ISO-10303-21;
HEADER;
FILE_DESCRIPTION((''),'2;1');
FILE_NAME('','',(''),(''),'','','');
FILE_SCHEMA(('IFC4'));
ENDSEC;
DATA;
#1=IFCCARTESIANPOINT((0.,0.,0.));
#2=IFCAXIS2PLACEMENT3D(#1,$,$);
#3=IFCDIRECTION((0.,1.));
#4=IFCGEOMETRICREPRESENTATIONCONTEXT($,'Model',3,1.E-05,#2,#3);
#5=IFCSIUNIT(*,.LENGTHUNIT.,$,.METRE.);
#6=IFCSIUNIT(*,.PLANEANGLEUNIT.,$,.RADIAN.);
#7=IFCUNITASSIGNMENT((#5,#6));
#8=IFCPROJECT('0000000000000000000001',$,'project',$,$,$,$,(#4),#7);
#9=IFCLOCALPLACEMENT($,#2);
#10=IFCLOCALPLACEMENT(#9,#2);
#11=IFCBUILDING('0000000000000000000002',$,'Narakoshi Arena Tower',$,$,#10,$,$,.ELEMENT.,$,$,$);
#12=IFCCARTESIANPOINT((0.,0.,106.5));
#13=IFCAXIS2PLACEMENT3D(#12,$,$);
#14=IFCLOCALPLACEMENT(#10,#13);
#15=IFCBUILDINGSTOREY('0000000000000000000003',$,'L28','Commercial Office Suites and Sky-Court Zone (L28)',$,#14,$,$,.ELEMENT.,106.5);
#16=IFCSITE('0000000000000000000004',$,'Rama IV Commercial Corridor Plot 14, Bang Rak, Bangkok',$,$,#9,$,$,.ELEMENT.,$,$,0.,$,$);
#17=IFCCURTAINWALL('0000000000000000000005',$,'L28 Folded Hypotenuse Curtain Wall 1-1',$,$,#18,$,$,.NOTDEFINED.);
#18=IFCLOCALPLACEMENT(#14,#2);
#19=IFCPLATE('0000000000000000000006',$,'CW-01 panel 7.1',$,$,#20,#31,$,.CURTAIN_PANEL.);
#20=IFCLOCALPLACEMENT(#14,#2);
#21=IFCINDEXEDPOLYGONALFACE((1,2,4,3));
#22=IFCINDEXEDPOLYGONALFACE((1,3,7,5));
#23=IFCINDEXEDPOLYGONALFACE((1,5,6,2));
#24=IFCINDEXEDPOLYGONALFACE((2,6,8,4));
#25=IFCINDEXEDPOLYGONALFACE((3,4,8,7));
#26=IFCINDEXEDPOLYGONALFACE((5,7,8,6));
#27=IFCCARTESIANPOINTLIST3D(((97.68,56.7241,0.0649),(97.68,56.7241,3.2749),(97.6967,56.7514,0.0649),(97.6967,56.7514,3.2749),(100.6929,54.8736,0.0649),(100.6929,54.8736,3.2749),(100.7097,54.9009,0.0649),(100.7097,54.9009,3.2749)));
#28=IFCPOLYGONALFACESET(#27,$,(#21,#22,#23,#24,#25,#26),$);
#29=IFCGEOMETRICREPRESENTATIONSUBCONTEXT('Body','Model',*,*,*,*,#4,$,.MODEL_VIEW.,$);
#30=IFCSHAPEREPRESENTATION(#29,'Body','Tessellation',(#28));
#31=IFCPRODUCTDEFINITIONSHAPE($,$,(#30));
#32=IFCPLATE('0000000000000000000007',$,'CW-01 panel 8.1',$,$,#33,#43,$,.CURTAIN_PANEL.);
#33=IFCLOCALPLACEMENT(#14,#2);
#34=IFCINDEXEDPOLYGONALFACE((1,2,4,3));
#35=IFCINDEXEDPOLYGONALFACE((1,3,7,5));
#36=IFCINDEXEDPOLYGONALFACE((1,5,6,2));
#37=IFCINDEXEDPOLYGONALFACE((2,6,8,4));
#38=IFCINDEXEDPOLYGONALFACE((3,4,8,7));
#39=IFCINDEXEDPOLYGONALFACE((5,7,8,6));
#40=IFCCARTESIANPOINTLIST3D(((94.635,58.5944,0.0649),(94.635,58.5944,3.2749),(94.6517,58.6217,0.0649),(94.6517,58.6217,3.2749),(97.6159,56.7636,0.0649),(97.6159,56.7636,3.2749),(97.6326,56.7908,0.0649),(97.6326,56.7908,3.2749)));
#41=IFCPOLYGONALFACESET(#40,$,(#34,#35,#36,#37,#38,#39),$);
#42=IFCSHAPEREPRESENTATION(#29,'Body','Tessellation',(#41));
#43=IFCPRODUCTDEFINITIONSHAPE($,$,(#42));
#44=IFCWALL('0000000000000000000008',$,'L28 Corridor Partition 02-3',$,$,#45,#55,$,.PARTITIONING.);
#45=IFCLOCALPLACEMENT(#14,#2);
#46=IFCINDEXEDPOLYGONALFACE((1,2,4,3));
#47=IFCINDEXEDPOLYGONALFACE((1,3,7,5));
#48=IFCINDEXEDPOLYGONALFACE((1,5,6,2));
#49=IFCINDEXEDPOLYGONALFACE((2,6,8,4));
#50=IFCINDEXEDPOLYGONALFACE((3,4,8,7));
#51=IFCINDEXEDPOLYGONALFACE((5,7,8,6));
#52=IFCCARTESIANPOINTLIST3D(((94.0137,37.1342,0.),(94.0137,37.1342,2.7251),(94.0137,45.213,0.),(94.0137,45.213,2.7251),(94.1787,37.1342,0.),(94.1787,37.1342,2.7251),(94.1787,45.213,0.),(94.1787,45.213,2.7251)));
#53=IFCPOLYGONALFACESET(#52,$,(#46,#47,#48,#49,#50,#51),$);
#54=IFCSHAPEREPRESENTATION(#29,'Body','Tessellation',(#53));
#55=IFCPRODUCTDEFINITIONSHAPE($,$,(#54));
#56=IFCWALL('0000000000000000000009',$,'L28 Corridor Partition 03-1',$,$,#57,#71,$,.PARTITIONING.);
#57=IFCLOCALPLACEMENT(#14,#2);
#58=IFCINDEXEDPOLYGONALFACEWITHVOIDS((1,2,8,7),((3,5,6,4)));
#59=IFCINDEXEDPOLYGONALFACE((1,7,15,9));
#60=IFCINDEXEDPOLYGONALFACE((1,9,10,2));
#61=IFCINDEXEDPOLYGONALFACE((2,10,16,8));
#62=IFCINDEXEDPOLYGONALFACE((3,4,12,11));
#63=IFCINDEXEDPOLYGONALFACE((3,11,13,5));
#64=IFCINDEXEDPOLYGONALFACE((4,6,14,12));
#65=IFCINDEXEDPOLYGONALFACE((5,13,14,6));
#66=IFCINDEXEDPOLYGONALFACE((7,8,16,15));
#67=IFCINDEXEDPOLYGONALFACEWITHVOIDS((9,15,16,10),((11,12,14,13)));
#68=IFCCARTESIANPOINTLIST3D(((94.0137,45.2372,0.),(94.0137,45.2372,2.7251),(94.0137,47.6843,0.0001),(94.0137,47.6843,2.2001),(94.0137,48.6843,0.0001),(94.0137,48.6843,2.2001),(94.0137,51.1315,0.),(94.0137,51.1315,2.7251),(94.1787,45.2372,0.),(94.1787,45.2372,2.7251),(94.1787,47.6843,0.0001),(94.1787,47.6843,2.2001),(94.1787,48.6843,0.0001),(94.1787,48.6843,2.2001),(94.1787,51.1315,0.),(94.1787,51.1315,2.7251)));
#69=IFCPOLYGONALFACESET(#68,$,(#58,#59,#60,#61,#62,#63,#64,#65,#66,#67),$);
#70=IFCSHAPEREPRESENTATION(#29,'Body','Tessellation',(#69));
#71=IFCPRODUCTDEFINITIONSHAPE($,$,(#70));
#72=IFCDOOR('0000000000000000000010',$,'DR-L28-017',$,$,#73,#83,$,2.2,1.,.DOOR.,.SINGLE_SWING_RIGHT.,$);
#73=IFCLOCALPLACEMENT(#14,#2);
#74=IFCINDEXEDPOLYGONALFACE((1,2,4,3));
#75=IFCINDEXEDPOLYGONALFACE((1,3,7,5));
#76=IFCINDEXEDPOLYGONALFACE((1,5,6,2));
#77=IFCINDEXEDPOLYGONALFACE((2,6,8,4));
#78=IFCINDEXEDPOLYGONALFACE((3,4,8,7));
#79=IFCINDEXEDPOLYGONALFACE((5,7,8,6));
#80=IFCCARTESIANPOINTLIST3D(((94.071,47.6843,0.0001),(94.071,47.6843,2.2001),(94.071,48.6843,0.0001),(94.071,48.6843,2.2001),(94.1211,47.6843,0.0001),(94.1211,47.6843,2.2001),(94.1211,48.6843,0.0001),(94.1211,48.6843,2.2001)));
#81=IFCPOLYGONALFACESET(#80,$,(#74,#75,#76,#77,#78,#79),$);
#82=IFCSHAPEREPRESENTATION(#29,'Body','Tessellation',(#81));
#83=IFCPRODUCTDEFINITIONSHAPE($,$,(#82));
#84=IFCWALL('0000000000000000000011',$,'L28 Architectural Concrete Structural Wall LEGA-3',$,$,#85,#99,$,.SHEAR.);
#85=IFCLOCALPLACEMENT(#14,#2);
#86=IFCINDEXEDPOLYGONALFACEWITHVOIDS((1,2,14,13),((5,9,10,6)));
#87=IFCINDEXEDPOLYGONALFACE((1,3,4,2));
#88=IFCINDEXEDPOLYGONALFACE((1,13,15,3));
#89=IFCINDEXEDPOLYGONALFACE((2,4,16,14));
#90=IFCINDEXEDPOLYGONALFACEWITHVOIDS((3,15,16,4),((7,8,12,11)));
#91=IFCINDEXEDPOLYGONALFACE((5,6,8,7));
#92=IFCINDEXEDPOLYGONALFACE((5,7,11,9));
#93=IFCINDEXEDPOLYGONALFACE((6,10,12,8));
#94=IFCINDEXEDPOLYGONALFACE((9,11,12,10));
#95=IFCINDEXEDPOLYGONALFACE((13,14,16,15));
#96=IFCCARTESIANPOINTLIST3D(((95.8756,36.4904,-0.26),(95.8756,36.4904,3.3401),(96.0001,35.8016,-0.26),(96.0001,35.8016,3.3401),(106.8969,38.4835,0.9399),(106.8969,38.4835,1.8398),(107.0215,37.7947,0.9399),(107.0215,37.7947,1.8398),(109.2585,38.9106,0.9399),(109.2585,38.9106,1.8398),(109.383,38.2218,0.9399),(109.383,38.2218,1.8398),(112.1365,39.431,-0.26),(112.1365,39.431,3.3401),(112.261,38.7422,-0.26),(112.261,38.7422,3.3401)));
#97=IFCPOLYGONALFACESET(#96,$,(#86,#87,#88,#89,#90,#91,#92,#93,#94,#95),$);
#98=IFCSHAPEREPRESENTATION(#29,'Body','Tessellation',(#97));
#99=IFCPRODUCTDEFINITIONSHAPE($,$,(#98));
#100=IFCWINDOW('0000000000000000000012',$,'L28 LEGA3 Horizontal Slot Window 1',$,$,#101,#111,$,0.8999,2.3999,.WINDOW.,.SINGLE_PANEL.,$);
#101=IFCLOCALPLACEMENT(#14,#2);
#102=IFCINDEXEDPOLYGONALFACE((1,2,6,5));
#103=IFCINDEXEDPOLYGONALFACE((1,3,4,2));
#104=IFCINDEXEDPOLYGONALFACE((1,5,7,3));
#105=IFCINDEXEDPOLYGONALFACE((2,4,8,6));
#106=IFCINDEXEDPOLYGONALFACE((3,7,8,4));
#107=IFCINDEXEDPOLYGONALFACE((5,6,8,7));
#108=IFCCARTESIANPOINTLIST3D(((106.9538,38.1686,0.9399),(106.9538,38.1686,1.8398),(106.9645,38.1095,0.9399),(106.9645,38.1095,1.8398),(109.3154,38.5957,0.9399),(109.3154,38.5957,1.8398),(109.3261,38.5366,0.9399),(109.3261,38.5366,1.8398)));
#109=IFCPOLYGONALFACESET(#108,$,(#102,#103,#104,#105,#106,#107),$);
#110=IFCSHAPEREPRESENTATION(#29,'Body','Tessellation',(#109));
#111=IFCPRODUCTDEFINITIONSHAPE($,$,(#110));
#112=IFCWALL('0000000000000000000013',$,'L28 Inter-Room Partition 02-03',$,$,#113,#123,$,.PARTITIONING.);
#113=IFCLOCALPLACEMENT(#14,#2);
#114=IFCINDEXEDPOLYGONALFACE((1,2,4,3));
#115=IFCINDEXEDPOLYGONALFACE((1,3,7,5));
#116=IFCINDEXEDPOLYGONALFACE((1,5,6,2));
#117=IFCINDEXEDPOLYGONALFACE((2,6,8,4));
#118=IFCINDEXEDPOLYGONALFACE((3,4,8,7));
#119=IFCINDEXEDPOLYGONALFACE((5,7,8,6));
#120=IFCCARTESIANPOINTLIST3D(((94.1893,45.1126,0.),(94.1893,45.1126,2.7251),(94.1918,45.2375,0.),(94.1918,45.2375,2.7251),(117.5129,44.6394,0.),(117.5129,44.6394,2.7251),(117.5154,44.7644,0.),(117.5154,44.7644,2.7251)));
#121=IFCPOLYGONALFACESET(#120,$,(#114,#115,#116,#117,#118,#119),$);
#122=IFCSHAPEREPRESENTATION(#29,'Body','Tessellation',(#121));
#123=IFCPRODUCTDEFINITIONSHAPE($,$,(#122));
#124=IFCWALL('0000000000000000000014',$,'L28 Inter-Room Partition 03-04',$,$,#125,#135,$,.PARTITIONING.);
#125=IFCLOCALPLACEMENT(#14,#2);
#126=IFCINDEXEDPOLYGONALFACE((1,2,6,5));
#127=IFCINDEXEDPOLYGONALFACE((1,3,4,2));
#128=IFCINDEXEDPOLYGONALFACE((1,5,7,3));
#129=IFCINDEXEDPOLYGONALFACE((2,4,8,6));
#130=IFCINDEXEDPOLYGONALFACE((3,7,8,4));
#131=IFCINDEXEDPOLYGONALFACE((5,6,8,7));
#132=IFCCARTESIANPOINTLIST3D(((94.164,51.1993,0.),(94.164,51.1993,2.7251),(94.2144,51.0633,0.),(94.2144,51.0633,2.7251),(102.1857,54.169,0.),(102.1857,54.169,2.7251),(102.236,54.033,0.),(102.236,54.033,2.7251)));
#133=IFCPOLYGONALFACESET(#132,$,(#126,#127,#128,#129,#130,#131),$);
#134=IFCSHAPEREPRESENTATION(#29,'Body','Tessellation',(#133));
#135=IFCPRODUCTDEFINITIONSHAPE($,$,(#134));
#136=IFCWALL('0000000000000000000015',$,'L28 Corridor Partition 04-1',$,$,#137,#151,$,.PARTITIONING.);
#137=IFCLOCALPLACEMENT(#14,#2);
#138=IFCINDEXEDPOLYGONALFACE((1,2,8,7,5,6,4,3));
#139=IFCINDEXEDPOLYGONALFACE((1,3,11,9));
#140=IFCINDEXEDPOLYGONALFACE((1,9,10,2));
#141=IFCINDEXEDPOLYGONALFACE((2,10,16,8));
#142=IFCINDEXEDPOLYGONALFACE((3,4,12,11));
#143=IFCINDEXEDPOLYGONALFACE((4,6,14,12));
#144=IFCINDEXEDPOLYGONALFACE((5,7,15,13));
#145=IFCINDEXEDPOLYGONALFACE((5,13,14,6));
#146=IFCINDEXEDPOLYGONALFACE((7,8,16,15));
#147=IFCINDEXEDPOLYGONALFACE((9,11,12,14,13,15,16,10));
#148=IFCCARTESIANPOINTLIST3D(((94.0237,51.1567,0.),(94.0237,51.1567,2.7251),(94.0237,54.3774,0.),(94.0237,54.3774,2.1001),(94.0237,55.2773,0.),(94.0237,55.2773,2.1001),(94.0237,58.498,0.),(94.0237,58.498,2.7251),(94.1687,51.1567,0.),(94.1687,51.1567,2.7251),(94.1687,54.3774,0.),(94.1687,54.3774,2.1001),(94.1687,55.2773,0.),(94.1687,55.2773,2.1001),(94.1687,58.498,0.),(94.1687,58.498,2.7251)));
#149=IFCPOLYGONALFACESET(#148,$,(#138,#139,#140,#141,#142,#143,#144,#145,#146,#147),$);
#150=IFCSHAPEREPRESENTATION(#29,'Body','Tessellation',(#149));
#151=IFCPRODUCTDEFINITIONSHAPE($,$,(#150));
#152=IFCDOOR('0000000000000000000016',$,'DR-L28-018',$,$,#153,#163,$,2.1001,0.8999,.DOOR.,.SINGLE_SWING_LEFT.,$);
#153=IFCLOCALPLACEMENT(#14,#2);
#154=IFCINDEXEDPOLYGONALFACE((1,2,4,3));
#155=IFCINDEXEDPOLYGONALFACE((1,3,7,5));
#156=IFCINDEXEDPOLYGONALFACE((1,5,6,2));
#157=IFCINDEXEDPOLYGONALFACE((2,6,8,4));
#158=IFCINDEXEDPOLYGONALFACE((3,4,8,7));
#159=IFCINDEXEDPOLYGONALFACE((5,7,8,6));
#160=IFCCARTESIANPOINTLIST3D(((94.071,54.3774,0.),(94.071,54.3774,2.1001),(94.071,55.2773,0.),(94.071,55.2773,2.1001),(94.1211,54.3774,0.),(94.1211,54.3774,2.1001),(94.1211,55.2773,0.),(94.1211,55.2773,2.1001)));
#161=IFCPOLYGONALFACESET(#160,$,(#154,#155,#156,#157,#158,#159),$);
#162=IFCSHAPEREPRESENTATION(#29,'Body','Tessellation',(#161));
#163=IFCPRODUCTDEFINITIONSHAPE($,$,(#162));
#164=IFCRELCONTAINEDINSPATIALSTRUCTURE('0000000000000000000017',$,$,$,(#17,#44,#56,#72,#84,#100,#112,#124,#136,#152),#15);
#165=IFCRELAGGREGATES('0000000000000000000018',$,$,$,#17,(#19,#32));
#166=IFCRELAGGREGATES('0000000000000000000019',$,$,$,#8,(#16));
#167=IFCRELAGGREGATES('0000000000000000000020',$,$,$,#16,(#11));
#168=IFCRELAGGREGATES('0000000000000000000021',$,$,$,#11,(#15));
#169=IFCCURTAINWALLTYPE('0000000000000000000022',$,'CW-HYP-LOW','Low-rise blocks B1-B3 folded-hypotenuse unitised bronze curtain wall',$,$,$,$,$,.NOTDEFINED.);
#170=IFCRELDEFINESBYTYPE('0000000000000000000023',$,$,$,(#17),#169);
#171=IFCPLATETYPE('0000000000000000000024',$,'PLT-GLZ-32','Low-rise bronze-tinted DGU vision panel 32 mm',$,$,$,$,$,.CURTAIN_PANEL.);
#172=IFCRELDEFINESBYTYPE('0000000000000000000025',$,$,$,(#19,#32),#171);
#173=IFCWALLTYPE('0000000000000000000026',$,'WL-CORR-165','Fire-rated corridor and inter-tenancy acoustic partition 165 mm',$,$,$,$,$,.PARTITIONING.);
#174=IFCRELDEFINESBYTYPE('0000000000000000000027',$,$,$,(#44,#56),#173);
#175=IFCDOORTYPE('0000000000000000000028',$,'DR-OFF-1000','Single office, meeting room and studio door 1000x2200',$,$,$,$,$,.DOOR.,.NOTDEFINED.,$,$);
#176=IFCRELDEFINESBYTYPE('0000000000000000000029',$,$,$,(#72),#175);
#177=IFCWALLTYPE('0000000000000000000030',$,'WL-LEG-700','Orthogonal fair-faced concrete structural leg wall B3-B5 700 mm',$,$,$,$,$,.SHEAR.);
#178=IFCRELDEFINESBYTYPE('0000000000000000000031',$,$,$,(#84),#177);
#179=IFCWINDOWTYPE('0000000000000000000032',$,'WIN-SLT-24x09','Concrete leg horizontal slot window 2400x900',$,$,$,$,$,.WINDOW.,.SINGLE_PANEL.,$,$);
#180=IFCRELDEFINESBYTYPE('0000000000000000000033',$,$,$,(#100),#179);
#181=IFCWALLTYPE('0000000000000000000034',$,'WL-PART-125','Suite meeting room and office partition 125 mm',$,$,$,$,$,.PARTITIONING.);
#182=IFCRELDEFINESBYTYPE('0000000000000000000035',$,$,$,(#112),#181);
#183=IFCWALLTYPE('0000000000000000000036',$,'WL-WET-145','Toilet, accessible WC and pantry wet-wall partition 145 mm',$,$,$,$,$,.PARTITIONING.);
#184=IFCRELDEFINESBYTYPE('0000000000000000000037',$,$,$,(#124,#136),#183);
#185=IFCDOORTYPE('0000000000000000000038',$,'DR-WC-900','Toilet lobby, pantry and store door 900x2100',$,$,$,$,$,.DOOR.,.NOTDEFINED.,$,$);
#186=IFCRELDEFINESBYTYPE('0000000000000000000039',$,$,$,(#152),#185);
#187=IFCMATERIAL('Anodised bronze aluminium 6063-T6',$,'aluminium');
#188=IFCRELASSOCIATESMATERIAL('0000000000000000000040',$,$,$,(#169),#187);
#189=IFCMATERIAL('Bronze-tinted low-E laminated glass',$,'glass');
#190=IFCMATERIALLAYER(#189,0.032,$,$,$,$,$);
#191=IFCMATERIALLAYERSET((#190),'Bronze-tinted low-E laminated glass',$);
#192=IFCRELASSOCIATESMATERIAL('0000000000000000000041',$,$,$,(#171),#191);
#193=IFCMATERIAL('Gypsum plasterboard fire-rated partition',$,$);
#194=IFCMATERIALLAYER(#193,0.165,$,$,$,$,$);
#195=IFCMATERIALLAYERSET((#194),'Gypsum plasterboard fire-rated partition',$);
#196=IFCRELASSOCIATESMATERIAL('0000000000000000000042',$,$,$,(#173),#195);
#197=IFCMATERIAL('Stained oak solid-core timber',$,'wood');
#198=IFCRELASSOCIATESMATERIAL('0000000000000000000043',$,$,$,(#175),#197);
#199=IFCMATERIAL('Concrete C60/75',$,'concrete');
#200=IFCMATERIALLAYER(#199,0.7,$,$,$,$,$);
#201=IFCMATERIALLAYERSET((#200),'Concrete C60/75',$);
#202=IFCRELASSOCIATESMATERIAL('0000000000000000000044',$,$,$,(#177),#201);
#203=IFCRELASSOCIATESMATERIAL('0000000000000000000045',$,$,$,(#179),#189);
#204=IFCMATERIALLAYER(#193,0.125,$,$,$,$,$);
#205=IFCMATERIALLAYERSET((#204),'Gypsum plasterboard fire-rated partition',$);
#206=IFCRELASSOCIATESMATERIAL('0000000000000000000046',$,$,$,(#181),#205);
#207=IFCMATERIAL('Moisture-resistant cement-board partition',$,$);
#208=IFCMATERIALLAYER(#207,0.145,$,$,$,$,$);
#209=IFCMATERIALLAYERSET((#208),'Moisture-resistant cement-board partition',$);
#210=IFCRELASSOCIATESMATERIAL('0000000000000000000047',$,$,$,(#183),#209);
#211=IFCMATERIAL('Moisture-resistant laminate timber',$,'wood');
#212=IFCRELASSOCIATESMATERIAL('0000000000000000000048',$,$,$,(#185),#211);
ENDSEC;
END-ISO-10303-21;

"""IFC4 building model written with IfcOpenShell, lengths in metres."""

from ifc_helpers import new_model, si_unit, direction, frame, frame_2d, origin, origin_2d, place, context, subcontext, project, spatial, rectangle, extrude, material, layer, layer_set, type_object, element, fill, aggregate, save


model = new_model("IFC4")

# Units and contexts
model_context = context("Model", 3, precision=1e-05, world=origin(), true_north=direction((0.0, 1.0)))
body_context = subcontext(model_context, "Body", "Model", "MODEL_VIEW")
ifc_project = project(units=[si_unit("LENGTHUNIT", "METRE"), si_unit("PLANEANGLEUNIT", "RADIAN")], contexts=[model_context])

# Site, building, storey
site_placement = place(None, origin())
site = spatial("IfcSite", under=ifc_project, at=site_placement, Name="Rama IV Commercial Corridor Plot 14, Bang Rak, Bangkok", CompositionType="ELEMENT", RefElevation=0.0)
building_placement = place(site_placement, origin())
building = spatial("IfcBuilding", under=site, at=building_placement, Name="Narakoshi Arena Tower", CompositionType="ELEMENT")
storey_placement = place(building_placement, frame((0.0, 0.0, 106.5)))
storey = spatial("IfcBuildingStorey", under=building, at=storey_placement, Name="L28", Description="Commercial Office Suites and Sky-Court Zone (L28)", CompositionType="ELEMENT", Elevation=106.5)

# Shared definitions
ifc_material_1 = material(Name="Concrete C60/75", Category="concrete")

# Curtain wall, plates
ifc_material_2 = material(Name="Anodised bronze aluminium 6063-T6", Category="aluminium")
curtain_wall_type = type_object("IfcCurtainWallType", Name="CW-HYP-LOW", Description="Low-rise blocks B1-B3 folded-hypotenuse unitised bronze curtain wall", PredefinedType="NOTDEFINED", material=ifc_material_2)
curtain_wall_placement = place(storey_placement, origin())
curtain_wall = element("IfcCurtainWall", 1, at=curtain_wall_placement, inside=storey, type_object=curtain_wall_type, Name="L28 Folded Hypotenuse Curtain Wall 1-1", PredefinedType="NOTDEFINED")
ifc_material_3 = material(Name="Bronze-tinted low-E laminated glass", Category="glass")
ifc_layer_1 = layer(ifc_material_3, 0.032)
ifc_layer_set_1 = layer_set([ifc_layer_1], Name="Bronze-tinted low-E laminated glass")
plate_type = type_object("IfcPlateType", Name="PLT-GLZ-32", Description="Low-rise bronze-tinted DGU vision panel 32 mm", PredefinedType="CURTAIN_PANEL", material=ifc_layer_set_1)
plate_1_placement = place(storey_placement, frame((99.1948, 55.8125, 0.0649), z_axis=(0.0, 0.0, 1.0), x_axis=(-0.852113, 0.523358, 0.0)))
plate_1 = element("IfcPlate", 2, at=plate_1_placement, type_object=plate_type, Name="CW-01 panel 7.1", PredefinedType="CURTAIN_PANEL", context=body_context, shape_type="SweptSolid", body=[
    extrude(rectangle(XDim=3.5359, YDim=0.032, at=origin_2d()), origin(), (0.0, 0.0, 1.0), 3.21),
])
plate_2_placement = place(storey_placement, frame((96.1338, 57.6926, 0.0649), z_axis=(0.0, 0.0, 1.0), x_axis=(-0.852113, 0.523358, 0.0)))
plate_2 = element("IfcPlate", 3, at=plate_2_placement, type_object=plate_type, Name="CW-01 panel 8.1", PredefinedType="CURTAIN_PANEL", context=body_context, shape_type="SweptSolid", body=[
    extrude(rectangle(XDim=3.4983, YDim=0.032, at=origin_2d()), origin(), (0.0, 0.0, 1.0), 3.21),
])
aggregate(curtain_wall, [plate_1, plate_2])

# Wall
ifc_material_4 = material(Name="Gypsum plasterboard fire-rated partition")
ifc_layer_2 = layer(ifc_material_4, 0.165)
ifc_layer_set_2 = layer_set([ifc_layer_2], Name="Gypsum plasterboard fire-rated partition")
wall_type_1 = type_object("IfcWallType", Name="WL-CORR-165", Description="Fire-rated corridor and inter-tenancy acoustic partition 165 mm", PredefinedType="PARTITIONING", material=ifc_layer_set_2)
wall_1_placement = place(storey_placement, frame((94.0962, 37.134, 0.0), z_axis=(0.0, 0.0, 1.0), x_axis=(0.0, 1.0, 0.0)))
element("IfcWall", 4, at=wall_1_placement, inside=storey, type_object=wall_type_1, Name="L28 Corridor Partition 02-3", PredefinedType="PARTITIONING", context=body_context, shape_type="SweptSolid", body=[
    extrude(rectangle(XDim=8.0789, YDim=0.165, at=frame_2d((4.0396, 0.0))), origin(), (0.0, 0.0, 1.0), 2.7251),
])

# Wall, opening, door
wall_2_placement = place(storey_placement, frame((94.0962, 45.2371, 0.0), z_axis=(0.0, 0.0, 1.0), x_axis=(0.0, 1.0, 0.0)))
wall_2 = element("IfcWall", 5, at=wall_2_placement, inside=storey, type_object=wall_type_1, Name="L28 Corridor Partition 03-1", PredefinedType="PARTITIONING", context=body_context, shape_type="SweptSolid", body=[
    extrude(rectangle(XDim=5.8943, YDim=0.165, at=frame_2d((2.9473, 0.0))), origin(), (0.0, 0.0, 1.0), 2.7251),
])
opening_1_placement = place(wall_2_placement, frame((2.4473, 0.0, 0.0)))
opening_1 = element("IfcOpeningElement", 6, at=opening_1_placement, cuts=wall_2, PredefinedType="OPENING", context=body_context, shape_type="SweptSolid", body=[
    extrude(rectangle(XDim=1.0, YDim=2.2, at=frame_2d((0.5, 1.1001))), frame((0.0, 0.0925, 0.0), z_axis=(0.0, -1.0, 0.0), x_axis=(1.0, 0.0, 0.0)), (0.0, 0.0, 1.0), 0.1851),
])
ifc_material_5 = material(Name="Stained oak solid-core timber", Category="wood")
door_type_1 = type_object("IfcDoorType", Name="DR-OFF-1000", Description="Single office, meeting room and studio door 1000x2200", OperationType="NOTDEFINED", PredefinedType="DOOR", material=ifc_material_5)
door_1_placement = place(opening_1_placement, frame((1.0, 0.0, 0.0), z_axis=(0.0, 0.0, 1.0), x_axis=(-1.0, 0.0, 0.0)))
door_1 = element("IfcDoor", 7, at=door_1_placement, inside=storey, type_object=door_type_1, Name="DR-L28-017", OperationType="SINGLE_SWING_RIGHT", OverallHeight=2.2, OverallWidth=1.0, PredefinedType="DOOR", context=body_context, shape_type="SweptSolid", body=[
    extrude(rectangle(XDim=1.0, YDim=2.2, at=frame_2d((0.5, 1.1001))), frame((0.0, 0.0249, 0.0), z_axis=(0.0, -1.0, 0.0), x_axis=(1.0, 0.0, 0.0)), (0.0, 0.0, 1.0), 0.05),
])
fill(opening_1, door_1)

# Wall, opening, window
ifc_layer_3 = layer(ifc_material_1, 0.7)
ifc_layer_set_3 = layer_set([ifc_layer_3], Name="Concrete C60/75")
wall_type_2 = type_object("IfcWallType", Name="WL-LEG-700", Description="Orthogonal fair-faced concrete structural leg wall B3-B5 700 mm", PredefinedType="SHEAR", material=ifc_layer_set_3)
wall_3_placement = place(storey_placement, frame((95.938, 36.146, -0.26), z_axis=(0.0, 0.0, 1.0), x_axis=(0.984038, 0.177956, 0.0)))
wall_3 = element("IfcWall", 8, at=wall_3_placement, inside=storey, type_object=wall_type_2, Name="L28 Architectural Concrete Structural Wall LEGA-3", PredefinedType="SHEAR", context=body_context, shape_type="SweptSolid", body=[
    extrude(rectangle(XDim=16.5247, YDim=0.7, at=frame_2d((8.2622, 0.0))), origin(), (0.0, 0.0, 1.0), 3.6001),
])
opening_2_placement = place(wall_3_placement, frame((11.2, 0.0, 1.2)))
opening_2 = element("IfcOpeningElement", 9, at=opening_2_placement, cuts=wall_3, PredefinedType="OPENING", context=body_context, shape_type="SweptSolid", body=[
    extrude(rectangle(XDim=2.3999, YDim=0.8999, at=frame_2d((1.2, 0.45))), frame((0.0, 0.3599, 0.0), z_axis=(0.0, -1.0, 0.0), x_axis=(1.0, 0.0, 0.0)), (0.0, 0.0, 1.0), 0.72),
])
window_type = type_object("IfcWindowType", Name="WIN-SLT-24x09", Description="Concrete leg horizontal slot window 2400x900", PartitioningType="SINGLE_PANEL", PredefinedType="WINDOW", material=ifc_material_3)
window_placement = place(opening_2_placement, origin())
window = element("IfcWindow", 10, at=window_placement, inside=storey, type_object=window_type, Name="L28 LEGA3 Horizontal Slot Window 1", OverallHeight=0.8999, OverallWidth=2.3999, PartitioningType="SINGLE_PANEL", PredefinedType="WINDOW", context=body_context, shape_type="SweptSolid", body=[
    extrude(rectangle(XDim=2.3999, YDim=0.8999, at=frame_2d((1.2, 0.45))), frame((0.0, 0.03, 0.0), z_axis=(0.0, -1.0, 0.0), x_axis=(1.0, 0.0, 0.0)), (0.0, 0.0, 1.0), 0.0601),
])
fill(opening_2, window)

# Walls
ifc_layer_4 = layer(ifc_material_4, 0.125)
ifc_layer_set_4 = layer_set([ifc_layer_4], Name="Gypsum plasterboard fire-rated partition")
wall_type_3 = type_object("IfcWallType", Name="WL-PART-125", Description="Suite meeting room and office partition 125 mm", PredefinedType="PARTITIONING", material=ifc_layer_set_4)
wall_4_placement = place(storey_placement, frame((94.1907, 45.175, 0.0), z_axis=(0.0, 0.0, 1.0), x_axis=(0.999794, -0.020282, 0.0)))
element("IfcWall", 11, at=wall_4_placement, inside=storey, type_object=wall_type_3, Name="L28 Inter-Room Partition 02-03", PredefinedType="PARTITIONING", context=body_context, shape_type="SweptSolid", body=[
    extrude(rectangle(XDim=23.3284, YDim=0.125, at=frame_2d((11.6641, 0.0))), origin(), (0.0, 0.0, 1.0), 2.7251),
])
ifc_material_6 = material(Name="Moisture-resistant cement-board partition")
ifc_layer_5 = layer(ifc_material_6, 0.145)
ifc_layer_set_5 = layer_set([ifc_layer_5], Name="Moisture-resistant cement-board partition")
wall_type_4 = type_object("IfcWallType", Name="WL-WET-145", Description="Toilet, accessible WC and pantry wet-wall partition 145 mm", PredefinedType="PARTITIONING", material=ifc_layer_set_5)
wall_5_placement = place(storey_placement, frame((94.1892, 51.1313, 0.0), z_axis=(0.0, 0.0, 1.0), x_axis=(0.937798, 0.347182, 0.0)))
element("IfcWall", 12, at=wall_5_placement, inside=storey, type_object=wall_type_4, Name="L28 Inter-Room Partition 03-04", PredefinedType="PARTITIONING", context=body_context, shape_type="SweptSolid", body=[
    extrude(rectangle(XDim=8.5537, YDim=0.145, at=frame_2d((4.2769, 0.0))), origin(), (0.0, 0.0, 1.0), 2.7251),
])

# Wall, opening, door
wall_6_placement = place(storey_placement, frame((94.0962, 51.1567, 0.0), z_axis=(0.0, 0.0, 1.0), x_axis=(0.0, 1.0, 0.0)))
wall_6 = element("IfcWall", 13, at=wall_6_placement, inside=storey, type_object=wall_type_4, Name="L28 Corridor Partition 04-1", PredefinedType="PARTITIONING", context=body_context, shape_type="SweptSolid", body=[
    extrude(rectangle(XDim=7.3413, YDim=0.145, at=frame_2d((3.6707, 0.0))), origin(), (0.0, 0.0, 1.0), 2.7251),
])
opening_3_placement = place(wall_6_placement, frame((3.2207, 0.0, 0.0)))
opening_3 = element("IfcOpeningElement", 14, at=opening_3_placement, cuts=wall_6, PredefinedType="OPENING", context=body_context, shape_type="SweptSolid", body=[
    extrude(rectangle(XDim=0.8999, YDim=2.1001, at=frame_2d((0.45, 1.05))), frame((0.0, 0.0825, 0.0), z_axis=(0.0, -1.0, 0.0), x_axis=(1.0, 0.0, 0.0)), (0.0, 0.0, 1.0), 0.165),
])
ifc_material_7 = material(Name="Moisture-resistant laminate timber", Category="wood")
door_type_2 = type_object("IfcDoorType", Name="DR-WC-900", Description="Toilet lobby, pantry and store door 900x2100", OperationType="NOTDEFINED", PredefinedType="DOOR", material=ifc_material_7)
door_2_placement = place(opening_3_placement, frame((0.8999, 0.0, 0.0), z_axis=(0.0, 0.0, 1.0), x_axis=(-1.0, 0.0, 0.0)))
door_2 = element("IfcDoor", 15, at=door_2_placement, inside=storey, type_object=door_type_2, Name="DR-L28-018", OperationType="SINGLE_SWING_LEFT", OverallHeight=2.1001, OverallWidth=0.8999, PredefinedType="DOOR", context=body_context, shape_type="SweptSolid", body=[
    extrude(rectangle(XDim=0.8999, YDim=2.1001, at=frame_2d((0.45, 1.05))), frame((0.0, 0.0249, 0.0), z_axis=(0.0, -1.0, 0.0), x_axis=(1.0, 0.0, 0.0)), (0.0, 0.0, 1.0), 0.05),
])
fill(opening_3, door_2)

save(model, "model.ifc")
